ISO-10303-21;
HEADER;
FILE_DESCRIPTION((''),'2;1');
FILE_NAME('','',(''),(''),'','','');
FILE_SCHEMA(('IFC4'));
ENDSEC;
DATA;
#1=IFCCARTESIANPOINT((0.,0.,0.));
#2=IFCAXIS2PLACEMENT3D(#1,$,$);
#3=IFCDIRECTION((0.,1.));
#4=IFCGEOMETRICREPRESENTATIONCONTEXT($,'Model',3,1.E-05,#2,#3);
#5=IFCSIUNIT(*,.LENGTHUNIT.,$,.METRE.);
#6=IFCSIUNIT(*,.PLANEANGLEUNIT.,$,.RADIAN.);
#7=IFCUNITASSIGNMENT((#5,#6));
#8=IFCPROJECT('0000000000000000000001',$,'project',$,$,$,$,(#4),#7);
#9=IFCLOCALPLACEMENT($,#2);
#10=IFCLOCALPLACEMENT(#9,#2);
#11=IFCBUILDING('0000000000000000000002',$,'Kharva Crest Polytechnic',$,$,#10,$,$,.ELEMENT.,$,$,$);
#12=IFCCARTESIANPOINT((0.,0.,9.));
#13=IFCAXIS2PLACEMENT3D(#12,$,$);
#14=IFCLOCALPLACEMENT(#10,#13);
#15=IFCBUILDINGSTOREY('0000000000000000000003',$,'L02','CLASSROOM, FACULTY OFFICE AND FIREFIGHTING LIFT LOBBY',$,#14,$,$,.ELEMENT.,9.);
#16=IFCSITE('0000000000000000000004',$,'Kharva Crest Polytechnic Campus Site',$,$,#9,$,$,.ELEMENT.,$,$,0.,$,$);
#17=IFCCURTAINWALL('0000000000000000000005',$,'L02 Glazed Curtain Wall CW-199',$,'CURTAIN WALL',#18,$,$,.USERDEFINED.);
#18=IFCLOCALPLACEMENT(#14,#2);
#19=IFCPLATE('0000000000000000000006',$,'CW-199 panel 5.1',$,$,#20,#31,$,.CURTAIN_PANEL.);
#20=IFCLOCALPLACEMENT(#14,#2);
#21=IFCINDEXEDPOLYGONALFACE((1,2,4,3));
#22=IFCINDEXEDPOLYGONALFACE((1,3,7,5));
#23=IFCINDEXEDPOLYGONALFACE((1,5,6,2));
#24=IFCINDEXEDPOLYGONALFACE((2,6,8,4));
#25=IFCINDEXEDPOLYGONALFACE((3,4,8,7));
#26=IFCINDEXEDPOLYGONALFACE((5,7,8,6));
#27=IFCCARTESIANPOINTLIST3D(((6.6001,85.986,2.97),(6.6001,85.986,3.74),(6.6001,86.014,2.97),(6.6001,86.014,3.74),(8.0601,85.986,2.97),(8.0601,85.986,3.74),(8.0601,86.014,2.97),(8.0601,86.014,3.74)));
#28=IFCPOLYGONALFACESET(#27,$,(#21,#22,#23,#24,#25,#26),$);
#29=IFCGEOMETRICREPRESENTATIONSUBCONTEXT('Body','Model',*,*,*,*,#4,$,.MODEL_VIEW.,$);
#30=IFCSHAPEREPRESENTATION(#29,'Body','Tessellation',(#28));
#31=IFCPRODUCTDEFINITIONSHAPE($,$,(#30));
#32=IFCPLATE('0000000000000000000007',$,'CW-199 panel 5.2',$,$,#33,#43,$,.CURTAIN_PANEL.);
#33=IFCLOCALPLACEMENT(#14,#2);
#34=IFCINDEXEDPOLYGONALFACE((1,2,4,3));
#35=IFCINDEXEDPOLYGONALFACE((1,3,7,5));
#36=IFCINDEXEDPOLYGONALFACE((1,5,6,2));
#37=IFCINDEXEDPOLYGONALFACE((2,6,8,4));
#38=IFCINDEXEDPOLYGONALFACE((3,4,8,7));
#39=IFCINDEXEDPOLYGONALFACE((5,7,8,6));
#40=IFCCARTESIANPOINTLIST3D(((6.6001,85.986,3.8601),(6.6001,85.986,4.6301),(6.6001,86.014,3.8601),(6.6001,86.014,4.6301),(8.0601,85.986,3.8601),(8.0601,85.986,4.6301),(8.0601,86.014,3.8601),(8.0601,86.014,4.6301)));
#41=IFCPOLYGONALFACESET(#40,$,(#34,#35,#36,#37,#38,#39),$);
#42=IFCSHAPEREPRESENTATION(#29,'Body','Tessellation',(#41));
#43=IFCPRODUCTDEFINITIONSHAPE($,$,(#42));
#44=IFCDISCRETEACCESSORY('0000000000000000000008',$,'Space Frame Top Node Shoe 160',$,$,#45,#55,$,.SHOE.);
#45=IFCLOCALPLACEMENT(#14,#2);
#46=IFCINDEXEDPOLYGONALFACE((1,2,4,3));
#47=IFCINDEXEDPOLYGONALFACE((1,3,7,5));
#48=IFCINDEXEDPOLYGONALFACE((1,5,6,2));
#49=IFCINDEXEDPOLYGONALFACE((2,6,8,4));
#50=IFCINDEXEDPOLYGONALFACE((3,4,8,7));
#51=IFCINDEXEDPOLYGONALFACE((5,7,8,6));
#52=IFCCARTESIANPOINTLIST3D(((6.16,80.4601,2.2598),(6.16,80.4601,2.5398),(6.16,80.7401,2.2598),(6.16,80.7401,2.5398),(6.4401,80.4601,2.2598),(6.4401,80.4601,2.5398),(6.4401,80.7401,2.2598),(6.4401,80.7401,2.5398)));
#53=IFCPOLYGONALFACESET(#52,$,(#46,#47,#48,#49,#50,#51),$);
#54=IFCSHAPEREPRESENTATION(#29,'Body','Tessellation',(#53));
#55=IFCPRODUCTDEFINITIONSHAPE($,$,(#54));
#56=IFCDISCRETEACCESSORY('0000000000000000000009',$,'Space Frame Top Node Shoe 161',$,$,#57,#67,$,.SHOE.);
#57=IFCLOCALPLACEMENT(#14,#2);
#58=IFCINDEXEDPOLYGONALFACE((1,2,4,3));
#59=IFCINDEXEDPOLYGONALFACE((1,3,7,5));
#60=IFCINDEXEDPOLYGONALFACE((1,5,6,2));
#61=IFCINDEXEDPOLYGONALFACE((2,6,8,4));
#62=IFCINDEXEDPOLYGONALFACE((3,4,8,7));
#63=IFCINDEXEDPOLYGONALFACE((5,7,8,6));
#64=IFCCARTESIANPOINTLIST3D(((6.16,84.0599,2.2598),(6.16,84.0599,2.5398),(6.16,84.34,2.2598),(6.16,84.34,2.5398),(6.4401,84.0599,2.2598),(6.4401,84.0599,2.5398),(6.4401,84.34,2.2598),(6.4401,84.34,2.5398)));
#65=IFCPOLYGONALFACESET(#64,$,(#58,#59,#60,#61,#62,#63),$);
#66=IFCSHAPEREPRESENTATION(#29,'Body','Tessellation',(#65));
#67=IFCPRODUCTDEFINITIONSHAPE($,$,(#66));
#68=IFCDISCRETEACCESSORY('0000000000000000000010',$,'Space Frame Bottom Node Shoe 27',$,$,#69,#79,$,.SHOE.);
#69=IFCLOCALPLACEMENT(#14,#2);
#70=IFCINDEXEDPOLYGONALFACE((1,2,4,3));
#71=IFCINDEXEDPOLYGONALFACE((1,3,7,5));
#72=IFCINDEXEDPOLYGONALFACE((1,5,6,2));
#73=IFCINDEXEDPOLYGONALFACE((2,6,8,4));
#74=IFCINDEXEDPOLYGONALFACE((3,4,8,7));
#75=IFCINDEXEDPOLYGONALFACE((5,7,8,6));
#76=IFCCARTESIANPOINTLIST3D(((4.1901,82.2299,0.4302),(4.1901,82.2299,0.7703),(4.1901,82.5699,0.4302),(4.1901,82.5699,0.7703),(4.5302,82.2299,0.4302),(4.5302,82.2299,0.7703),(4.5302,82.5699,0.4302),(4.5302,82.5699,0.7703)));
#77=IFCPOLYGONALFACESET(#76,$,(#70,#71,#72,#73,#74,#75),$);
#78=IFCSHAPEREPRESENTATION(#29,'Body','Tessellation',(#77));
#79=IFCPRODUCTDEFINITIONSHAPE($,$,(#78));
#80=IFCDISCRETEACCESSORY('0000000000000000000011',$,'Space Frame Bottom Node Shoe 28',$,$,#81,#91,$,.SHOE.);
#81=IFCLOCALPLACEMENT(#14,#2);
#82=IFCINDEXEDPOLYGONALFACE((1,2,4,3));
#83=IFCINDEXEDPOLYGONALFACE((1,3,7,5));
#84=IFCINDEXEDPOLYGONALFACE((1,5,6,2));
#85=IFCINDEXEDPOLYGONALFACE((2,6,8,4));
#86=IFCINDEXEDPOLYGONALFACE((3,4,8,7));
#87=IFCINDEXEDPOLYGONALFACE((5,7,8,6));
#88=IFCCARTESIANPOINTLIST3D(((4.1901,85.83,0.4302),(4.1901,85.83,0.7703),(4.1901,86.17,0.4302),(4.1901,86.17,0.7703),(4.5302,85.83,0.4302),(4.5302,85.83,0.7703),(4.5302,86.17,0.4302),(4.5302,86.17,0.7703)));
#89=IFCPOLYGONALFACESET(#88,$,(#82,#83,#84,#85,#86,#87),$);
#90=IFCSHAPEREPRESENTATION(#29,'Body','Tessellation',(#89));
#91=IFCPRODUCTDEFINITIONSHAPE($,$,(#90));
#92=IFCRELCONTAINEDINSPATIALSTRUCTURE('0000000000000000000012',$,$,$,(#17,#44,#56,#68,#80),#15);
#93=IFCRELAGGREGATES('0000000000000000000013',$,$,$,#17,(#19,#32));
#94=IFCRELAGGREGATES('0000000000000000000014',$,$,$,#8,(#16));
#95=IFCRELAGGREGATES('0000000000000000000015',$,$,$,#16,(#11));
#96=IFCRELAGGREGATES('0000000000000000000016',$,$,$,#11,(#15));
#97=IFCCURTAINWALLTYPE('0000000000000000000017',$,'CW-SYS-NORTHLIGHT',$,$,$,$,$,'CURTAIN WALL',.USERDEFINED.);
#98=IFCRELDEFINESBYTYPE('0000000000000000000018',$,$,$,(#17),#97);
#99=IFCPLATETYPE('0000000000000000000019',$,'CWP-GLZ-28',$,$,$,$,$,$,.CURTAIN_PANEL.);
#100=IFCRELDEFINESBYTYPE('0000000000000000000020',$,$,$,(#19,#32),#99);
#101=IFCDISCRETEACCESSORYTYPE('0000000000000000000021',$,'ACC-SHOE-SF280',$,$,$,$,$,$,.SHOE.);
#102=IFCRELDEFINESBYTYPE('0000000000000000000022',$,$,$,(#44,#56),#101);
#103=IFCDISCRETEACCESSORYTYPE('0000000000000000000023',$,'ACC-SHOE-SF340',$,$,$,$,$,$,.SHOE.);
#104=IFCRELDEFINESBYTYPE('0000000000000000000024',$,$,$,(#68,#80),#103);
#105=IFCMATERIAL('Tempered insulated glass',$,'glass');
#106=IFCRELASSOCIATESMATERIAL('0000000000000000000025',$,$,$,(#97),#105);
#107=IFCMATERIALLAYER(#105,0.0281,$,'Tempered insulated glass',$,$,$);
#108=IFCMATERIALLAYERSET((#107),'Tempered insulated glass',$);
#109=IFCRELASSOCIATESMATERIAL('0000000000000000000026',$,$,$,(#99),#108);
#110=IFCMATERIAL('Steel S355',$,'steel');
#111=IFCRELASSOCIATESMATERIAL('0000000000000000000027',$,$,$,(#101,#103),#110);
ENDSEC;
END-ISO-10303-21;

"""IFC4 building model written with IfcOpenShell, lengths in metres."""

from ifc_helpers import new_model, si_unit, direction, frame, origin, origin_2d, place, context, subcontext, project, spatial, rectangle, extrude, material, layer, layer_set, type_object, element, aggregate, save


model = new_model("IFC4")

# Units and contexts
model_context = context("Model", 3, precision=1e-05, world=origin(), true_north=direction((0.0, 1.0)))
body_context = subcontext(model_context, "Body", "Model", "MODEL_VIEW")
ifc_project = project(units=[si_unit("LENGTHUNIT", "METRE"), si_unit("PLANEANGLEUNIT", "RADIAN")], contexts=[model_context])

# Site, building, storey
site_placement = place(None, origin())
site = spatial("IfcSite", under=ifc_project, at=site_placement, Name="Kharva Crest Polytechnic Campus Site", CompositionType="ELEMENT", RefElevation=0.0)
building_placement = place(site_placement, origin())
building = spatial("IfcBuilding", under=site, at=building_placement, Name="Kharva Crest Polytechnic", CompositionType="ELEMENT")
storey_placement = place(building_placement, frame((0.0, 0.0, 9.0)))
storey = spatial("IfcBuildingStorey", under=building, at=storey_placement, Name="L02", Description="CLASSROOM, FACULTY OFFICE AND FIREFIGHTING LIFT LOBBY", CompositionType="ELEMENT", Elevation=9.0)

# Curtain wall
ifc_material_1 = material(Name="Tempered insulated glass", Category="glass")
curtain_wall_type = type_object("IfcCurtainWallType", Name="CW-SYS-NORTHLIGHT", ElementType="CURTAIN WALL", PredefinedType="USERDEFINED", material=ifc_material_1)
curtain_wall_placement = place(storey_placement, origin())
curtain_wall = element("IfcCurtainWall", 1, at=curtain_wall_placement, inside=storey, type_object=curtain_wall_type, Name="L02 Glazed Curtain Wall CW-199", ObjectType="CURTAIN WALL", PredefinedType="USERDEFINED")
ifc_material_2 = material(Name="Steel S355", Category="steel")

# Plates
ifc_layer = layer(ifc_material_1, 0.0281, Name="Tempered insulated glass")
ifc_layer_set = layer_set([ifc_layer], Name="Tempered insulated glass")
plate_type = type_object("IfcPlateType", Name="CWP-GLZ-28", PredefinedType="CURTAIN_PANEL", material=ifc_layer_set)
plate_1_placement = place(storey_placement, frame((7.3301, 86.0, 2.97), z_axis=(0.0, 0.0, 1.0), x_axis=(1.0, 0.0, 0.0)))
plate_1 = element("IfcPlate", 2, at=plate_1_placement, type_object=plate_type, Name="CW-199 panel 5.1", PredefinedType="CURTAIN_PANEL", context=body_context, shape_type="SweptSolid", body=[
    extrude(rectangle(XDim=1.46, YDim=0.0281, at=origin_2d()), origin(), (0.0, 0.0, 1.0), 0.77),
])
plate_2_placement = place(storey_placement, frame((7.3301, 86.0, 3.8601), z_axis=(0.0, 0.0, 1.0), x_axis=(1.0, 0.0, 0.0)))
plate_2 = element("IfcPlate", 3, at=plate_2_placement, type_object=plate_type, Name="CW-199 panel 5.2", PredefinedType="CURTAIN_PANEL", context=body_context, shape_type="SweptSolid", body=[
    extrude(rectangle(XDim=1.46, YDim=0.0281, at=origin_2d()), origin(), (0.0, 0.0, 1.0), 0.77),
])
aggregate(curtain_wall, [plate_1, plate_2])

# Discrete accessories
discrete_accessory_type_1 = type_object("IfcDiscreteAccessoryType", Name="ACC-SHOE-SF280", PredefinedType="SHOE", material=ifc_material_2)
for number, where, z_axis, x_axis, name in (
    (4, (6.3, 80.6001, 2.2598), (0.0, 0.0, 1.0), (1.0, 0.0, 0.0), "Space Frame Top Node Shoe 160"),
    (5, (6.3, 84.2, 2.2598), (0.0, 0.0, 1.0), (1.0, 0.0, 0.0), "Space Frame Top Node Shoe 161"),
):
    element("IfcDiscreteAccessory", number, at=place(storey_placement, frame(where, z_axis=z_axis, x_axis=x_axis)), inside=storey, type_object=discrete_accessory_type_1, Name=name, PredefinedType="SHOE", context=body_context, shape_type="SweptSolid", body=[
        extrude(rectangle(XDim=0.28, YDim=0.28, at=origin_2d()), origin(), (0.0, 0.0, 1.0), 0.28),
    ])
discrete_accessory_type_2 = type_object("IfcDiscreteAccessoryType", Name="ACC-SHOE-SF340", PredefinedType="SHOE", material=ifc_material_2)
for number, where, z_axis, x_axis, name in (
    (6, (4.3601, 82.3999, 0.4302), (0.0, 0.0, 1.0), (1.0, 0.0, 0.0), "Space Frame Bottom Node Shoe 27"),
    (7, (4.3601, 86.0, 0.4302), (0.0, 0.0, 1.0), (1.0, 0.0, 0.0), "Space Frame Bottom Node Shoe 28"),
):
    element("IfcDiscreteAccessory", number, at=place(storey_placement, frame(where, z_axis=z_axis, x_axis=x_axis)), inside=storey, type_object=discrete_accessory_type_2, Name=name, PredefinedType="SHOE", context=body_context, shape_type="SweptSolid", body=[
        extrude(rectangle(XDim=0.3401, YDim=0.3401, at=origin_2d()), origin(), (0.0, 0.0, 1.0), 0.3401),
    ])

save(model, "model.ifc")
